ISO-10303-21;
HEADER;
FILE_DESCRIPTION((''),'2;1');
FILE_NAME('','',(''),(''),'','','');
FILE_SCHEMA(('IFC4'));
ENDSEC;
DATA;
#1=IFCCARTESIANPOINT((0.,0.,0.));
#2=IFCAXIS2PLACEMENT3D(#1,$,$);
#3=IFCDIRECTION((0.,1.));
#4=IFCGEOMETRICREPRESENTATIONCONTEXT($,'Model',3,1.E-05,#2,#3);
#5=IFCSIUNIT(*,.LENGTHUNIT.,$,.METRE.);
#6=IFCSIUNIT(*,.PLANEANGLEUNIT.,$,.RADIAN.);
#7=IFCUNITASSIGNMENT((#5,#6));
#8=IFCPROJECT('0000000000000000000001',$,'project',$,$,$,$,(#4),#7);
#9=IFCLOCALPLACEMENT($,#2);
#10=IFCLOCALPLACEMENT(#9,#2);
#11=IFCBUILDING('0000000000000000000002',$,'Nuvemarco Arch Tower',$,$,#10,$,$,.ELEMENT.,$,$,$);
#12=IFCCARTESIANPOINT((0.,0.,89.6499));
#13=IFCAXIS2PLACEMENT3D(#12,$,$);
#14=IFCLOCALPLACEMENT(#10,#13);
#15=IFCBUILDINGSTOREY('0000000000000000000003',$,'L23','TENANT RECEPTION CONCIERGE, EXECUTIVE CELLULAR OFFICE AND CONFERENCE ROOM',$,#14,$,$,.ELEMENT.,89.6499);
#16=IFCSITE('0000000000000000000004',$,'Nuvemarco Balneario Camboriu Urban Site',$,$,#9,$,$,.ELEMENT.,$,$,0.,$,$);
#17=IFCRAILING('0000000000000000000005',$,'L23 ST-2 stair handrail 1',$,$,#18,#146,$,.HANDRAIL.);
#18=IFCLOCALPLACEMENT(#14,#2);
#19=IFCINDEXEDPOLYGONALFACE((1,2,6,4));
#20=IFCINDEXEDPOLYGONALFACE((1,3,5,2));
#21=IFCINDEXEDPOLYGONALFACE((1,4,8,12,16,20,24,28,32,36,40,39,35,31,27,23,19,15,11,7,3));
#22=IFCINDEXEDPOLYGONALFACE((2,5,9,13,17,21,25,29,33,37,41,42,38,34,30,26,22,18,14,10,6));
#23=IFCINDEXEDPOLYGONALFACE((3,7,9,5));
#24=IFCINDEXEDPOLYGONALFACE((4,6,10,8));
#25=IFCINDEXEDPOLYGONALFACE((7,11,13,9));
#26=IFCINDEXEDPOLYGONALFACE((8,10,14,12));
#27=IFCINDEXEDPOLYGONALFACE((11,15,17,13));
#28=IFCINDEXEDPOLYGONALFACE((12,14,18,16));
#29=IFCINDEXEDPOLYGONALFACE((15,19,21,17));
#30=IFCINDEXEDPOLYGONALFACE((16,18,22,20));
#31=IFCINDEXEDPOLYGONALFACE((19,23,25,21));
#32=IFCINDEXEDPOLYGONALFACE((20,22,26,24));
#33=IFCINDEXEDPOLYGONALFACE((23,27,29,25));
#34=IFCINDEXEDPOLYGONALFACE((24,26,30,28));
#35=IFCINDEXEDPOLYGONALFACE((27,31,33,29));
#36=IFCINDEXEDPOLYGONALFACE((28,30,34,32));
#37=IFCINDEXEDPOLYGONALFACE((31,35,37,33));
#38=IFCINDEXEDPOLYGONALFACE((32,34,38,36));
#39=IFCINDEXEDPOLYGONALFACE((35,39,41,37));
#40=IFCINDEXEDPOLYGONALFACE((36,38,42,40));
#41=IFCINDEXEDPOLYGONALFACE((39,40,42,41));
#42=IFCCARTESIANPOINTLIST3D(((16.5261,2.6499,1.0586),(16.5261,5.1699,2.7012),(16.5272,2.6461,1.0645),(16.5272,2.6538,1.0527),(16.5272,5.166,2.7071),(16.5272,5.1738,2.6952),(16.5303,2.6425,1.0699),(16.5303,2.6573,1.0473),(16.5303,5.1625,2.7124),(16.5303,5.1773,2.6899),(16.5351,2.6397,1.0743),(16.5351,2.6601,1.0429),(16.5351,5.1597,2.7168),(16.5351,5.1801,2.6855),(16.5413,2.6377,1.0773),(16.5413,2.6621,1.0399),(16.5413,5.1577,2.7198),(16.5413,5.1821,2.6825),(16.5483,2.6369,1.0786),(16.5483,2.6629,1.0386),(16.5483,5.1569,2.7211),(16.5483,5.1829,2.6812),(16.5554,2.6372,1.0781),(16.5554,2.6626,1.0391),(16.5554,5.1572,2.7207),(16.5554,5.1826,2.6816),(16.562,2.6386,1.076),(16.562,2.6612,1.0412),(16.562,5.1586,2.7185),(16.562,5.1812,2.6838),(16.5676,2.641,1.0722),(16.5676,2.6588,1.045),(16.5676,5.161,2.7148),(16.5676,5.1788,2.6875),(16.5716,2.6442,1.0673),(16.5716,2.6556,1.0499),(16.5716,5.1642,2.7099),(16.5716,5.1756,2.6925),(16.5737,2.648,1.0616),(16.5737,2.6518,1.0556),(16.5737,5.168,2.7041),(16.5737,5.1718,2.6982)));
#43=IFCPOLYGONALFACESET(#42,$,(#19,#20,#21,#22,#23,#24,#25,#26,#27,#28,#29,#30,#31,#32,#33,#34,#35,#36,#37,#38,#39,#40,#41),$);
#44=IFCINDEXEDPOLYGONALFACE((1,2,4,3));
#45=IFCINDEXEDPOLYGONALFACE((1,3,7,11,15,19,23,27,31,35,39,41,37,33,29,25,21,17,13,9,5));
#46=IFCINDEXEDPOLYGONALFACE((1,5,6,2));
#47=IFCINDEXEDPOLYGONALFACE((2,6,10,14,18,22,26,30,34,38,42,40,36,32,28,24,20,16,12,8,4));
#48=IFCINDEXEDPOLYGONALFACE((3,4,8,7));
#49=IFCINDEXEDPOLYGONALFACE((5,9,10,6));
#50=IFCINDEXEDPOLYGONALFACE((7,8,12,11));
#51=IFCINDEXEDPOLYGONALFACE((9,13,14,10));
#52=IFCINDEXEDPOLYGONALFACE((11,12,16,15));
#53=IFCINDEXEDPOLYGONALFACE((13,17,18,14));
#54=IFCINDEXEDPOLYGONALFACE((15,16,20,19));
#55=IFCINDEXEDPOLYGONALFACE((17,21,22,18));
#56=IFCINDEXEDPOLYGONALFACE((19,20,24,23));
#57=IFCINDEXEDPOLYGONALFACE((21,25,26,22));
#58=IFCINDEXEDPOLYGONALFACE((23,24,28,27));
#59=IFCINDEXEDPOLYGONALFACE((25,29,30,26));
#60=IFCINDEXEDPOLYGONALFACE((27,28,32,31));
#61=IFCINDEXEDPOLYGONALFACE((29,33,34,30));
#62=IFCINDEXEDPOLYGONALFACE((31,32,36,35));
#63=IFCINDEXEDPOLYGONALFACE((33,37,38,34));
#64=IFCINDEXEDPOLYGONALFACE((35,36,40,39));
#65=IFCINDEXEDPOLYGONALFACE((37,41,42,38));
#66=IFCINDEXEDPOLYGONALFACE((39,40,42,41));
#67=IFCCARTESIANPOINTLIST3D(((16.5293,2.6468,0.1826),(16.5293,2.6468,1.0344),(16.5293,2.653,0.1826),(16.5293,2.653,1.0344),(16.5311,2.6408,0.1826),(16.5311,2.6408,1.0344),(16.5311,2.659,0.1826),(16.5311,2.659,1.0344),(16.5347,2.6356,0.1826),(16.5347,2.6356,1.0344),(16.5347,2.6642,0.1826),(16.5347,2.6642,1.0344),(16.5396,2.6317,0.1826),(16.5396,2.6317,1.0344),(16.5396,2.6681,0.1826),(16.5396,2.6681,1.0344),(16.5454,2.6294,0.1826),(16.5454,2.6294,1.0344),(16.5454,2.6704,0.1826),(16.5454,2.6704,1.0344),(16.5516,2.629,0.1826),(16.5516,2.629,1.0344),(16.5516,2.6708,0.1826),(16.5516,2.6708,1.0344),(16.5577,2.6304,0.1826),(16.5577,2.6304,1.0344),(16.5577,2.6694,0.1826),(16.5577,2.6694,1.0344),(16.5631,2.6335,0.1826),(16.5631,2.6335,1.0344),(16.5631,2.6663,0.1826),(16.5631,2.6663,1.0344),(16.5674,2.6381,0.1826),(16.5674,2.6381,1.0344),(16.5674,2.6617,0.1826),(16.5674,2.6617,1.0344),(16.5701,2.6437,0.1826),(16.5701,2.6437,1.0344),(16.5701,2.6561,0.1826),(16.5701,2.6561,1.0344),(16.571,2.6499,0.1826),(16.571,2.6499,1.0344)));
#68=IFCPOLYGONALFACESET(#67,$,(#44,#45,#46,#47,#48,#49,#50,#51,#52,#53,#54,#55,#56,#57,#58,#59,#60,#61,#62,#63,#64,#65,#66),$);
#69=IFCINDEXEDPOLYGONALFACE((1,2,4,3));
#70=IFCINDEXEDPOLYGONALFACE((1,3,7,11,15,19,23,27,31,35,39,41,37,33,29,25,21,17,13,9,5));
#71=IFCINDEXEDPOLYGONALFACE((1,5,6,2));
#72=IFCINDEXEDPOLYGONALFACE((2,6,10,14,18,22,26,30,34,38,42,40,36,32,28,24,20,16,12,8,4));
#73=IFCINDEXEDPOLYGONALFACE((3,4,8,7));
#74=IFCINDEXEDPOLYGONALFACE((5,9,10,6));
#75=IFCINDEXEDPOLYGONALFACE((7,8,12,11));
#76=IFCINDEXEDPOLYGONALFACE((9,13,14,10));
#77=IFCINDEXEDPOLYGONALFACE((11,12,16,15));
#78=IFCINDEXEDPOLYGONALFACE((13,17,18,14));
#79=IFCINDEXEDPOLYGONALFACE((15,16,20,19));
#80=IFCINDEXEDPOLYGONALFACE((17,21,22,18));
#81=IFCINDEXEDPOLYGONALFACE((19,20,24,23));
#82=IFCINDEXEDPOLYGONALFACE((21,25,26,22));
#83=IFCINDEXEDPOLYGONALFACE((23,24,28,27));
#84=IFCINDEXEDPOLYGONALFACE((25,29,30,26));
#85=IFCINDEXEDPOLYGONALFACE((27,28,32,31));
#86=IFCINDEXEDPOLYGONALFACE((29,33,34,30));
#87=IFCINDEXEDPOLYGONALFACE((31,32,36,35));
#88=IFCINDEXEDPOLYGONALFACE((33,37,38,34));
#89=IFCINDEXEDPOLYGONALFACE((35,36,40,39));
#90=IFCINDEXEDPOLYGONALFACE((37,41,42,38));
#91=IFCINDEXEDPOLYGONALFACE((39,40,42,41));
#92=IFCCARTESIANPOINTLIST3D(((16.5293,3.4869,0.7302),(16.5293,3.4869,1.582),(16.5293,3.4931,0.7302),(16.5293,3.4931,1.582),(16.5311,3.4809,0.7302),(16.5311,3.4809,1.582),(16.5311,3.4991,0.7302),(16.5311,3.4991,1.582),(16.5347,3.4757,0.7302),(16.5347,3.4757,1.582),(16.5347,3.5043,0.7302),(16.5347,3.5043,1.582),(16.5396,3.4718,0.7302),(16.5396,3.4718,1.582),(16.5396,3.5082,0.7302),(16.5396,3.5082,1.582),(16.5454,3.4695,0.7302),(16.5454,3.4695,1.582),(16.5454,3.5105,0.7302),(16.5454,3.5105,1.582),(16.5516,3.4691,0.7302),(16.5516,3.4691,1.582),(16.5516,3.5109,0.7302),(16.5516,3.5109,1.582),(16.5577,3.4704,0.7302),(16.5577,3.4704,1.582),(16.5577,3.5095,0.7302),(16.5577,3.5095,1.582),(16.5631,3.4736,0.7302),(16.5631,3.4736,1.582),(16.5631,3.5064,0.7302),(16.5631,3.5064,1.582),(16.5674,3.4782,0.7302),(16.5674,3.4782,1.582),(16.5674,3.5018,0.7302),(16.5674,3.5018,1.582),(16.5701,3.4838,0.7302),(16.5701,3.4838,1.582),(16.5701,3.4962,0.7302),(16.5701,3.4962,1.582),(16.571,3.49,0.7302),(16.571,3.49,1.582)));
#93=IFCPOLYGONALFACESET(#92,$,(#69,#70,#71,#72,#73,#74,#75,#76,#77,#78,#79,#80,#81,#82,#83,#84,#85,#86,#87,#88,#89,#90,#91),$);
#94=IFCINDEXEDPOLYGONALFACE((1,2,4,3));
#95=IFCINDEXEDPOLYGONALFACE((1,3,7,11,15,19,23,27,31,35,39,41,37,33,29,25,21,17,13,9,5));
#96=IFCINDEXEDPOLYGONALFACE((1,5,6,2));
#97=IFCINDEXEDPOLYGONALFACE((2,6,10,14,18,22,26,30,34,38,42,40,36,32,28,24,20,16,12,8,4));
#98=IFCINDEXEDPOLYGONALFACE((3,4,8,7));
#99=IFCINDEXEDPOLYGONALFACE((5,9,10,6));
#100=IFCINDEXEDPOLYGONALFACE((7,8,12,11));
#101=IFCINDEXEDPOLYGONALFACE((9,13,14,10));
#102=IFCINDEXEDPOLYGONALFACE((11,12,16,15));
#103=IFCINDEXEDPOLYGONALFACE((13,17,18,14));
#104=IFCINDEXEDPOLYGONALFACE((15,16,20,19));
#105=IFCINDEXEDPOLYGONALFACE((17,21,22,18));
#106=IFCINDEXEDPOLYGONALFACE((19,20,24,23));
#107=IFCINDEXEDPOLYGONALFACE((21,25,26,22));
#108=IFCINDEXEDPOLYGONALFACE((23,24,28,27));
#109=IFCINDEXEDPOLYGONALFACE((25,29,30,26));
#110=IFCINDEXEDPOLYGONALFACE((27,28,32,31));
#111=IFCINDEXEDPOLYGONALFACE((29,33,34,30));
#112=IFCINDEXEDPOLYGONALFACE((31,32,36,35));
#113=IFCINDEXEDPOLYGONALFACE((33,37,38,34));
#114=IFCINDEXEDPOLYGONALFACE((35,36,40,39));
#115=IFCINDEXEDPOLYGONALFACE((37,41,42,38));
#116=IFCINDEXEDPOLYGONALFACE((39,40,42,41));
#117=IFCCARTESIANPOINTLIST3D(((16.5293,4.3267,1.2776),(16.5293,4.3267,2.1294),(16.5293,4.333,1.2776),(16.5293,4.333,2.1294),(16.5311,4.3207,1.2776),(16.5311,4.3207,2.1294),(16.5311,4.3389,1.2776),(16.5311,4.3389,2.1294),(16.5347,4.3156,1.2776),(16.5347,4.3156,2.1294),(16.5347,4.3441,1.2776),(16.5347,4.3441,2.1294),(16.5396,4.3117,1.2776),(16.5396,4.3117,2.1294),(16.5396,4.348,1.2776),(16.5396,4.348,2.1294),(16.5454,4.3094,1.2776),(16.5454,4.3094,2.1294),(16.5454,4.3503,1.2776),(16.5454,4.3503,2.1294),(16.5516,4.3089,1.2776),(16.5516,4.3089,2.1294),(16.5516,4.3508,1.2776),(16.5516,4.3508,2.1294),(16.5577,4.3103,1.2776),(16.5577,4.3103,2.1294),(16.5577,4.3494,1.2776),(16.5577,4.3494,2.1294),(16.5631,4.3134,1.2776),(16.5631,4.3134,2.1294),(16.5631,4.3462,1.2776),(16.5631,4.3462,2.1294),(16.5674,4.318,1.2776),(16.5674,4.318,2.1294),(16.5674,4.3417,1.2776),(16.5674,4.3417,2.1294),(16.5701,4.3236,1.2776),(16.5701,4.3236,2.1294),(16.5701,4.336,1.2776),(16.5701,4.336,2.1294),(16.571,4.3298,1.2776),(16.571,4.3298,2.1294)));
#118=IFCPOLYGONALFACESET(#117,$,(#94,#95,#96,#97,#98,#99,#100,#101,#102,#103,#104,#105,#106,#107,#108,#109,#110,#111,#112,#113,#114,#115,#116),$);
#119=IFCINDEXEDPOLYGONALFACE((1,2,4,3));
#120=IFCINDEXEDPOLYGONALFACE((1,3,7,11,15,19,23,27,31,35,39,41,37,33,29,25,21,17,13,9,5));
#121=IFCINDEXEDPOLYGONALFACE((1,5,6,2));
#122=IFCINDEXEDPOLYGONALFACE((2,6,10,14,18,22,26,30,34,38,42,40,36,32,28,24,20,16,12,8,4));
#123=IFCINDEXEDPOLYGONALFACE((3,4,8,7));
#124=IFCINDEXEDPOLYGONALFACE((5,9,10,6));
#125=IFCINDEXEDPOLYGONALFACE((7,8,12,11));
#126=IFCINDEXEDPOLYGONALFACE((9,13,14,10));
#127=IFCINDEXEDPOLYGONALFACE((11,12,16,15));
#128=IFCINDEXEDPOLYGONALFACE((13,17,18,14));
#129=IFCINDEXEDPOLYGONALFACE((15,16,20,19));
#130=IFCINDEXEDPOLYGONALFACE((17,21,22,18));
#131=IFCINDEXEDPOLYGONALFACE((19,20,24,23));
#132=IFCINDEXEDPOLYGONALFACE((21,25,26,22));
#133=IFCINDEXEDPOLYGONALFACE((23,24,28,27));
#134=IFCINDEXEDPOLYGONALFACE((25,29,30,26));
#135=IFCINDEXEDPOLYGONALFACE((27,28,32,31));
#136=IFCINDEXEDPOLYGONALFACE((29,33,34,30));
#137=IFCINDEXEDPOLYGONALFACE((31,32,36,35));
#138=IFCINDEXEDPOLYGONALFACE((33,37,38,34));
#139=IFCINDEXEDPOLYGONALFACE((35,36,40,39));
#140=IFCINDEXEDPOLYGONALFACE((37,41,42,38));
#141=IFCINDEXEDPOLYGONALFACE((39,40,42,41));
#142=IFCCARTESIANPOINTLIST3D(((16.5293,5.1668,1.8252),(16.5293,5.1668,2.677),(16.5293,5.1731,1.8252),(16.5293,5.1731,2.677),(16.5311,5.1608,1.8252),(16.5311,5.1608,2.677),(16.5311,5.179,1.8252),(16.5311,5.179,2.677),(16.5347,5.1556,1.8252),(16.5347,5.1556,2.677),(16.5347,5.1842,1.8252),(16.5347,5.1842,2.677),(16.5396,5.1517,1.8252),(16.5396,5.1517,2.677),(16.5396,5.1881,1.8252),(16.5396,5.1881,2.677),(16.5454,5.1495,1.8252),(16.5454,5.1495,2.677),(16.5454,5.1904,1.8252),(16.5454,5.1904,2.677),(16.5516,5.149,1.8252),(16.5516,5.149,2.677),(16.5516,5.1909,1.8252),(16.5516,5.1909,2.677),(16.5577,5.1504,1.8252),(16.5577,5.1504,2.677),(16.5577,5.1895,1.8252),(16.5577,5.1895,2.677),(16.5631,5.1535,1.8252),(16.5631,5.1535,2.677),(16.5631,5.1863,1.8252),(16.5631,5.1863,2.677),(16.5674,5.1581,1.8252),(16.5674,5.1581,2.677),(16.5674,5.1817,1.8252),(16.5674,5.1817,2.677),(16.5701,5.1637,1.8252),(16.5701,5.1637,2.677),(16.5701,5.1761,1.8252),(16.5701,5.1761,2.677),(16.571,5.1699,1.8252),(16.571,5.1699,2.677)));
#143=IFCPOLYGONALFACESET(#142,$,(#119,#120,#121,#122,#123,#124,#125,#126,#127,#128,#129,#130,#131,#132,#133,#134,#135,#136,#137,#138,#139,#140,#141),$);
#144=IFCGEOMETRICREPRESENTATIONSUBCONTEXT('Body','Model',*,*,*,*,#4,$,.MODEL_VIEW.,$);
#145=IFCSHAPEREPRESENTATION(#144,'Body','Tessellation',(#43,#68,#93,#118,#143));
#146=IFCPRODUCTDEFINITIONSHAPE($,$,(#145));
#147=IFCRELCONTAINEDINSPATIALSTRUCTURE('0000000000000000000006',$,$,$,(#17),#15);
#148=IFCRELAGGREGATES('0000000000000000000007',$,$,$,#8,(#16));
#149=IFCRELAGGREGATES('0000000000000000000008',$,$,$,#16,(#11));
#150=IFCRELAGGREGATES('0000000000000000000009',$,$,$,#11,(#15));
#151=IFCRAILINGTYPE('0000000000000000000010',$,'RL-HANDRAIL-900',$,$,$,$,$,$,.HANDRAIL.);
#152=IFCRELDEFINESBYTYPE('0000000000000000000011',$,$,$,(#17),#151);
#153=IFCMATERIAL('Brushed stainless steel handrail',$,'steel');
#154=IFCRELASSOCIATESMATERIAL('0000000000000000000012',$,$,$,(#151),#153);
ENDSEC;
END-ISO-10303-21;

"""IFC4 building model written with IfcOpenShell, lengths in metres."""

from ifc_helpers import new_model, si_unit, direction, frame, origin, origin_2d, place, context, subcontext, project, spatial, circle, extrude, material, type_object, element, save


model = new_model("IFC4")

# Units and contexts
model_context = context("Model", 3, precision=1e-05, world=origin(), true_north=direction((0.0, 1.0)))
body_context = subcontext(model_context, "Body", "Model", "MODEL_VIEW")
ifc_project = project(units=[si_unit("LENGTHUNIT", "METRE"), si_unit("PLANEANGLEUNIT", "RADIAN")], contexts=[model_context])

# Site, building, storey
site_placement = place(None, origin())
site = spatial("IfcSite", under=ifc_project, at=site_placement, Name="Nuvemarco Balneario Camboriu Urban Site", CompositionType="ELEMENT", RefElevation=0.0)
building_placement = place(site_placement, origin())
building = spatial("IfcBuilding", under=site, at=building_placement, Name="Nuvemarco Arch Tower", CompositionType="ELEMENT")
storey_placement = place(building_placement, frame((0.0, 0.0, 89.6499)))
storey = spatial("IfcBuildingStorey", under=building, at=storey_placement, Name="L23", Description="TENANT RECEPTION CONCIERGE, EXECUTIVE CELLULAR OFFICE AND CONFERENCE ROOM", CompositionType="ELEMENT", Elevation=89.6499)

# Railing
ifc_material_1 = material(Name="Brushed stainless steel handrail", Category="steel")
railing_type_1 = type_object("IfcRailingType", Name="RL-HANDRAIL-900", PredefinedType="HANDRAIL", material=ifc_material_1)
railing_1_placement = place(storey_placement, frame((16.55, 2.6499, 0.1826)))
element("IfcRailing", 1, at=railing_1_placement, inside=storey, type_object=railing_type_1, Name="L23 ST-2 stair handrail 1", PredefinedType="HANDRAIL", context=body_context, shape_type="SweptSolid", body=[
    extrude(circle(Radius=0.0239, at=origin_2d()), frame((0.0, 0.0, 0.876), z_axis=(0.0, 0.837749, 0.546055), x_axis=(-1.0, 0.0, 0.0)), (0.0, 0.0, 1.0), 3.0081),
    extrude(circle(Radius=0.021, at=origin_2d()), origin(), (0.0, 0.0, 1.0), 0.8518),
    extrude(circle(Radius=0.021, at=origin_2d()), frame((0.0, 0.8401, 0.5476)), (0.0, 0.0, 1.0), 0.8518),
    extrude(circle(Radius=0.021, at=origin_2d()), frame((0.0, 1.6799, 1.095)), (0.0, 0.0, 1.0), 0.8518),
    extrude(circle(Radius=0.021, at=origin_2d()), frame((0.0, 2.52, 1.6426)), (0.0, 0.0, 1.0), 0.8518),
])

save(model, "model.ifc")
